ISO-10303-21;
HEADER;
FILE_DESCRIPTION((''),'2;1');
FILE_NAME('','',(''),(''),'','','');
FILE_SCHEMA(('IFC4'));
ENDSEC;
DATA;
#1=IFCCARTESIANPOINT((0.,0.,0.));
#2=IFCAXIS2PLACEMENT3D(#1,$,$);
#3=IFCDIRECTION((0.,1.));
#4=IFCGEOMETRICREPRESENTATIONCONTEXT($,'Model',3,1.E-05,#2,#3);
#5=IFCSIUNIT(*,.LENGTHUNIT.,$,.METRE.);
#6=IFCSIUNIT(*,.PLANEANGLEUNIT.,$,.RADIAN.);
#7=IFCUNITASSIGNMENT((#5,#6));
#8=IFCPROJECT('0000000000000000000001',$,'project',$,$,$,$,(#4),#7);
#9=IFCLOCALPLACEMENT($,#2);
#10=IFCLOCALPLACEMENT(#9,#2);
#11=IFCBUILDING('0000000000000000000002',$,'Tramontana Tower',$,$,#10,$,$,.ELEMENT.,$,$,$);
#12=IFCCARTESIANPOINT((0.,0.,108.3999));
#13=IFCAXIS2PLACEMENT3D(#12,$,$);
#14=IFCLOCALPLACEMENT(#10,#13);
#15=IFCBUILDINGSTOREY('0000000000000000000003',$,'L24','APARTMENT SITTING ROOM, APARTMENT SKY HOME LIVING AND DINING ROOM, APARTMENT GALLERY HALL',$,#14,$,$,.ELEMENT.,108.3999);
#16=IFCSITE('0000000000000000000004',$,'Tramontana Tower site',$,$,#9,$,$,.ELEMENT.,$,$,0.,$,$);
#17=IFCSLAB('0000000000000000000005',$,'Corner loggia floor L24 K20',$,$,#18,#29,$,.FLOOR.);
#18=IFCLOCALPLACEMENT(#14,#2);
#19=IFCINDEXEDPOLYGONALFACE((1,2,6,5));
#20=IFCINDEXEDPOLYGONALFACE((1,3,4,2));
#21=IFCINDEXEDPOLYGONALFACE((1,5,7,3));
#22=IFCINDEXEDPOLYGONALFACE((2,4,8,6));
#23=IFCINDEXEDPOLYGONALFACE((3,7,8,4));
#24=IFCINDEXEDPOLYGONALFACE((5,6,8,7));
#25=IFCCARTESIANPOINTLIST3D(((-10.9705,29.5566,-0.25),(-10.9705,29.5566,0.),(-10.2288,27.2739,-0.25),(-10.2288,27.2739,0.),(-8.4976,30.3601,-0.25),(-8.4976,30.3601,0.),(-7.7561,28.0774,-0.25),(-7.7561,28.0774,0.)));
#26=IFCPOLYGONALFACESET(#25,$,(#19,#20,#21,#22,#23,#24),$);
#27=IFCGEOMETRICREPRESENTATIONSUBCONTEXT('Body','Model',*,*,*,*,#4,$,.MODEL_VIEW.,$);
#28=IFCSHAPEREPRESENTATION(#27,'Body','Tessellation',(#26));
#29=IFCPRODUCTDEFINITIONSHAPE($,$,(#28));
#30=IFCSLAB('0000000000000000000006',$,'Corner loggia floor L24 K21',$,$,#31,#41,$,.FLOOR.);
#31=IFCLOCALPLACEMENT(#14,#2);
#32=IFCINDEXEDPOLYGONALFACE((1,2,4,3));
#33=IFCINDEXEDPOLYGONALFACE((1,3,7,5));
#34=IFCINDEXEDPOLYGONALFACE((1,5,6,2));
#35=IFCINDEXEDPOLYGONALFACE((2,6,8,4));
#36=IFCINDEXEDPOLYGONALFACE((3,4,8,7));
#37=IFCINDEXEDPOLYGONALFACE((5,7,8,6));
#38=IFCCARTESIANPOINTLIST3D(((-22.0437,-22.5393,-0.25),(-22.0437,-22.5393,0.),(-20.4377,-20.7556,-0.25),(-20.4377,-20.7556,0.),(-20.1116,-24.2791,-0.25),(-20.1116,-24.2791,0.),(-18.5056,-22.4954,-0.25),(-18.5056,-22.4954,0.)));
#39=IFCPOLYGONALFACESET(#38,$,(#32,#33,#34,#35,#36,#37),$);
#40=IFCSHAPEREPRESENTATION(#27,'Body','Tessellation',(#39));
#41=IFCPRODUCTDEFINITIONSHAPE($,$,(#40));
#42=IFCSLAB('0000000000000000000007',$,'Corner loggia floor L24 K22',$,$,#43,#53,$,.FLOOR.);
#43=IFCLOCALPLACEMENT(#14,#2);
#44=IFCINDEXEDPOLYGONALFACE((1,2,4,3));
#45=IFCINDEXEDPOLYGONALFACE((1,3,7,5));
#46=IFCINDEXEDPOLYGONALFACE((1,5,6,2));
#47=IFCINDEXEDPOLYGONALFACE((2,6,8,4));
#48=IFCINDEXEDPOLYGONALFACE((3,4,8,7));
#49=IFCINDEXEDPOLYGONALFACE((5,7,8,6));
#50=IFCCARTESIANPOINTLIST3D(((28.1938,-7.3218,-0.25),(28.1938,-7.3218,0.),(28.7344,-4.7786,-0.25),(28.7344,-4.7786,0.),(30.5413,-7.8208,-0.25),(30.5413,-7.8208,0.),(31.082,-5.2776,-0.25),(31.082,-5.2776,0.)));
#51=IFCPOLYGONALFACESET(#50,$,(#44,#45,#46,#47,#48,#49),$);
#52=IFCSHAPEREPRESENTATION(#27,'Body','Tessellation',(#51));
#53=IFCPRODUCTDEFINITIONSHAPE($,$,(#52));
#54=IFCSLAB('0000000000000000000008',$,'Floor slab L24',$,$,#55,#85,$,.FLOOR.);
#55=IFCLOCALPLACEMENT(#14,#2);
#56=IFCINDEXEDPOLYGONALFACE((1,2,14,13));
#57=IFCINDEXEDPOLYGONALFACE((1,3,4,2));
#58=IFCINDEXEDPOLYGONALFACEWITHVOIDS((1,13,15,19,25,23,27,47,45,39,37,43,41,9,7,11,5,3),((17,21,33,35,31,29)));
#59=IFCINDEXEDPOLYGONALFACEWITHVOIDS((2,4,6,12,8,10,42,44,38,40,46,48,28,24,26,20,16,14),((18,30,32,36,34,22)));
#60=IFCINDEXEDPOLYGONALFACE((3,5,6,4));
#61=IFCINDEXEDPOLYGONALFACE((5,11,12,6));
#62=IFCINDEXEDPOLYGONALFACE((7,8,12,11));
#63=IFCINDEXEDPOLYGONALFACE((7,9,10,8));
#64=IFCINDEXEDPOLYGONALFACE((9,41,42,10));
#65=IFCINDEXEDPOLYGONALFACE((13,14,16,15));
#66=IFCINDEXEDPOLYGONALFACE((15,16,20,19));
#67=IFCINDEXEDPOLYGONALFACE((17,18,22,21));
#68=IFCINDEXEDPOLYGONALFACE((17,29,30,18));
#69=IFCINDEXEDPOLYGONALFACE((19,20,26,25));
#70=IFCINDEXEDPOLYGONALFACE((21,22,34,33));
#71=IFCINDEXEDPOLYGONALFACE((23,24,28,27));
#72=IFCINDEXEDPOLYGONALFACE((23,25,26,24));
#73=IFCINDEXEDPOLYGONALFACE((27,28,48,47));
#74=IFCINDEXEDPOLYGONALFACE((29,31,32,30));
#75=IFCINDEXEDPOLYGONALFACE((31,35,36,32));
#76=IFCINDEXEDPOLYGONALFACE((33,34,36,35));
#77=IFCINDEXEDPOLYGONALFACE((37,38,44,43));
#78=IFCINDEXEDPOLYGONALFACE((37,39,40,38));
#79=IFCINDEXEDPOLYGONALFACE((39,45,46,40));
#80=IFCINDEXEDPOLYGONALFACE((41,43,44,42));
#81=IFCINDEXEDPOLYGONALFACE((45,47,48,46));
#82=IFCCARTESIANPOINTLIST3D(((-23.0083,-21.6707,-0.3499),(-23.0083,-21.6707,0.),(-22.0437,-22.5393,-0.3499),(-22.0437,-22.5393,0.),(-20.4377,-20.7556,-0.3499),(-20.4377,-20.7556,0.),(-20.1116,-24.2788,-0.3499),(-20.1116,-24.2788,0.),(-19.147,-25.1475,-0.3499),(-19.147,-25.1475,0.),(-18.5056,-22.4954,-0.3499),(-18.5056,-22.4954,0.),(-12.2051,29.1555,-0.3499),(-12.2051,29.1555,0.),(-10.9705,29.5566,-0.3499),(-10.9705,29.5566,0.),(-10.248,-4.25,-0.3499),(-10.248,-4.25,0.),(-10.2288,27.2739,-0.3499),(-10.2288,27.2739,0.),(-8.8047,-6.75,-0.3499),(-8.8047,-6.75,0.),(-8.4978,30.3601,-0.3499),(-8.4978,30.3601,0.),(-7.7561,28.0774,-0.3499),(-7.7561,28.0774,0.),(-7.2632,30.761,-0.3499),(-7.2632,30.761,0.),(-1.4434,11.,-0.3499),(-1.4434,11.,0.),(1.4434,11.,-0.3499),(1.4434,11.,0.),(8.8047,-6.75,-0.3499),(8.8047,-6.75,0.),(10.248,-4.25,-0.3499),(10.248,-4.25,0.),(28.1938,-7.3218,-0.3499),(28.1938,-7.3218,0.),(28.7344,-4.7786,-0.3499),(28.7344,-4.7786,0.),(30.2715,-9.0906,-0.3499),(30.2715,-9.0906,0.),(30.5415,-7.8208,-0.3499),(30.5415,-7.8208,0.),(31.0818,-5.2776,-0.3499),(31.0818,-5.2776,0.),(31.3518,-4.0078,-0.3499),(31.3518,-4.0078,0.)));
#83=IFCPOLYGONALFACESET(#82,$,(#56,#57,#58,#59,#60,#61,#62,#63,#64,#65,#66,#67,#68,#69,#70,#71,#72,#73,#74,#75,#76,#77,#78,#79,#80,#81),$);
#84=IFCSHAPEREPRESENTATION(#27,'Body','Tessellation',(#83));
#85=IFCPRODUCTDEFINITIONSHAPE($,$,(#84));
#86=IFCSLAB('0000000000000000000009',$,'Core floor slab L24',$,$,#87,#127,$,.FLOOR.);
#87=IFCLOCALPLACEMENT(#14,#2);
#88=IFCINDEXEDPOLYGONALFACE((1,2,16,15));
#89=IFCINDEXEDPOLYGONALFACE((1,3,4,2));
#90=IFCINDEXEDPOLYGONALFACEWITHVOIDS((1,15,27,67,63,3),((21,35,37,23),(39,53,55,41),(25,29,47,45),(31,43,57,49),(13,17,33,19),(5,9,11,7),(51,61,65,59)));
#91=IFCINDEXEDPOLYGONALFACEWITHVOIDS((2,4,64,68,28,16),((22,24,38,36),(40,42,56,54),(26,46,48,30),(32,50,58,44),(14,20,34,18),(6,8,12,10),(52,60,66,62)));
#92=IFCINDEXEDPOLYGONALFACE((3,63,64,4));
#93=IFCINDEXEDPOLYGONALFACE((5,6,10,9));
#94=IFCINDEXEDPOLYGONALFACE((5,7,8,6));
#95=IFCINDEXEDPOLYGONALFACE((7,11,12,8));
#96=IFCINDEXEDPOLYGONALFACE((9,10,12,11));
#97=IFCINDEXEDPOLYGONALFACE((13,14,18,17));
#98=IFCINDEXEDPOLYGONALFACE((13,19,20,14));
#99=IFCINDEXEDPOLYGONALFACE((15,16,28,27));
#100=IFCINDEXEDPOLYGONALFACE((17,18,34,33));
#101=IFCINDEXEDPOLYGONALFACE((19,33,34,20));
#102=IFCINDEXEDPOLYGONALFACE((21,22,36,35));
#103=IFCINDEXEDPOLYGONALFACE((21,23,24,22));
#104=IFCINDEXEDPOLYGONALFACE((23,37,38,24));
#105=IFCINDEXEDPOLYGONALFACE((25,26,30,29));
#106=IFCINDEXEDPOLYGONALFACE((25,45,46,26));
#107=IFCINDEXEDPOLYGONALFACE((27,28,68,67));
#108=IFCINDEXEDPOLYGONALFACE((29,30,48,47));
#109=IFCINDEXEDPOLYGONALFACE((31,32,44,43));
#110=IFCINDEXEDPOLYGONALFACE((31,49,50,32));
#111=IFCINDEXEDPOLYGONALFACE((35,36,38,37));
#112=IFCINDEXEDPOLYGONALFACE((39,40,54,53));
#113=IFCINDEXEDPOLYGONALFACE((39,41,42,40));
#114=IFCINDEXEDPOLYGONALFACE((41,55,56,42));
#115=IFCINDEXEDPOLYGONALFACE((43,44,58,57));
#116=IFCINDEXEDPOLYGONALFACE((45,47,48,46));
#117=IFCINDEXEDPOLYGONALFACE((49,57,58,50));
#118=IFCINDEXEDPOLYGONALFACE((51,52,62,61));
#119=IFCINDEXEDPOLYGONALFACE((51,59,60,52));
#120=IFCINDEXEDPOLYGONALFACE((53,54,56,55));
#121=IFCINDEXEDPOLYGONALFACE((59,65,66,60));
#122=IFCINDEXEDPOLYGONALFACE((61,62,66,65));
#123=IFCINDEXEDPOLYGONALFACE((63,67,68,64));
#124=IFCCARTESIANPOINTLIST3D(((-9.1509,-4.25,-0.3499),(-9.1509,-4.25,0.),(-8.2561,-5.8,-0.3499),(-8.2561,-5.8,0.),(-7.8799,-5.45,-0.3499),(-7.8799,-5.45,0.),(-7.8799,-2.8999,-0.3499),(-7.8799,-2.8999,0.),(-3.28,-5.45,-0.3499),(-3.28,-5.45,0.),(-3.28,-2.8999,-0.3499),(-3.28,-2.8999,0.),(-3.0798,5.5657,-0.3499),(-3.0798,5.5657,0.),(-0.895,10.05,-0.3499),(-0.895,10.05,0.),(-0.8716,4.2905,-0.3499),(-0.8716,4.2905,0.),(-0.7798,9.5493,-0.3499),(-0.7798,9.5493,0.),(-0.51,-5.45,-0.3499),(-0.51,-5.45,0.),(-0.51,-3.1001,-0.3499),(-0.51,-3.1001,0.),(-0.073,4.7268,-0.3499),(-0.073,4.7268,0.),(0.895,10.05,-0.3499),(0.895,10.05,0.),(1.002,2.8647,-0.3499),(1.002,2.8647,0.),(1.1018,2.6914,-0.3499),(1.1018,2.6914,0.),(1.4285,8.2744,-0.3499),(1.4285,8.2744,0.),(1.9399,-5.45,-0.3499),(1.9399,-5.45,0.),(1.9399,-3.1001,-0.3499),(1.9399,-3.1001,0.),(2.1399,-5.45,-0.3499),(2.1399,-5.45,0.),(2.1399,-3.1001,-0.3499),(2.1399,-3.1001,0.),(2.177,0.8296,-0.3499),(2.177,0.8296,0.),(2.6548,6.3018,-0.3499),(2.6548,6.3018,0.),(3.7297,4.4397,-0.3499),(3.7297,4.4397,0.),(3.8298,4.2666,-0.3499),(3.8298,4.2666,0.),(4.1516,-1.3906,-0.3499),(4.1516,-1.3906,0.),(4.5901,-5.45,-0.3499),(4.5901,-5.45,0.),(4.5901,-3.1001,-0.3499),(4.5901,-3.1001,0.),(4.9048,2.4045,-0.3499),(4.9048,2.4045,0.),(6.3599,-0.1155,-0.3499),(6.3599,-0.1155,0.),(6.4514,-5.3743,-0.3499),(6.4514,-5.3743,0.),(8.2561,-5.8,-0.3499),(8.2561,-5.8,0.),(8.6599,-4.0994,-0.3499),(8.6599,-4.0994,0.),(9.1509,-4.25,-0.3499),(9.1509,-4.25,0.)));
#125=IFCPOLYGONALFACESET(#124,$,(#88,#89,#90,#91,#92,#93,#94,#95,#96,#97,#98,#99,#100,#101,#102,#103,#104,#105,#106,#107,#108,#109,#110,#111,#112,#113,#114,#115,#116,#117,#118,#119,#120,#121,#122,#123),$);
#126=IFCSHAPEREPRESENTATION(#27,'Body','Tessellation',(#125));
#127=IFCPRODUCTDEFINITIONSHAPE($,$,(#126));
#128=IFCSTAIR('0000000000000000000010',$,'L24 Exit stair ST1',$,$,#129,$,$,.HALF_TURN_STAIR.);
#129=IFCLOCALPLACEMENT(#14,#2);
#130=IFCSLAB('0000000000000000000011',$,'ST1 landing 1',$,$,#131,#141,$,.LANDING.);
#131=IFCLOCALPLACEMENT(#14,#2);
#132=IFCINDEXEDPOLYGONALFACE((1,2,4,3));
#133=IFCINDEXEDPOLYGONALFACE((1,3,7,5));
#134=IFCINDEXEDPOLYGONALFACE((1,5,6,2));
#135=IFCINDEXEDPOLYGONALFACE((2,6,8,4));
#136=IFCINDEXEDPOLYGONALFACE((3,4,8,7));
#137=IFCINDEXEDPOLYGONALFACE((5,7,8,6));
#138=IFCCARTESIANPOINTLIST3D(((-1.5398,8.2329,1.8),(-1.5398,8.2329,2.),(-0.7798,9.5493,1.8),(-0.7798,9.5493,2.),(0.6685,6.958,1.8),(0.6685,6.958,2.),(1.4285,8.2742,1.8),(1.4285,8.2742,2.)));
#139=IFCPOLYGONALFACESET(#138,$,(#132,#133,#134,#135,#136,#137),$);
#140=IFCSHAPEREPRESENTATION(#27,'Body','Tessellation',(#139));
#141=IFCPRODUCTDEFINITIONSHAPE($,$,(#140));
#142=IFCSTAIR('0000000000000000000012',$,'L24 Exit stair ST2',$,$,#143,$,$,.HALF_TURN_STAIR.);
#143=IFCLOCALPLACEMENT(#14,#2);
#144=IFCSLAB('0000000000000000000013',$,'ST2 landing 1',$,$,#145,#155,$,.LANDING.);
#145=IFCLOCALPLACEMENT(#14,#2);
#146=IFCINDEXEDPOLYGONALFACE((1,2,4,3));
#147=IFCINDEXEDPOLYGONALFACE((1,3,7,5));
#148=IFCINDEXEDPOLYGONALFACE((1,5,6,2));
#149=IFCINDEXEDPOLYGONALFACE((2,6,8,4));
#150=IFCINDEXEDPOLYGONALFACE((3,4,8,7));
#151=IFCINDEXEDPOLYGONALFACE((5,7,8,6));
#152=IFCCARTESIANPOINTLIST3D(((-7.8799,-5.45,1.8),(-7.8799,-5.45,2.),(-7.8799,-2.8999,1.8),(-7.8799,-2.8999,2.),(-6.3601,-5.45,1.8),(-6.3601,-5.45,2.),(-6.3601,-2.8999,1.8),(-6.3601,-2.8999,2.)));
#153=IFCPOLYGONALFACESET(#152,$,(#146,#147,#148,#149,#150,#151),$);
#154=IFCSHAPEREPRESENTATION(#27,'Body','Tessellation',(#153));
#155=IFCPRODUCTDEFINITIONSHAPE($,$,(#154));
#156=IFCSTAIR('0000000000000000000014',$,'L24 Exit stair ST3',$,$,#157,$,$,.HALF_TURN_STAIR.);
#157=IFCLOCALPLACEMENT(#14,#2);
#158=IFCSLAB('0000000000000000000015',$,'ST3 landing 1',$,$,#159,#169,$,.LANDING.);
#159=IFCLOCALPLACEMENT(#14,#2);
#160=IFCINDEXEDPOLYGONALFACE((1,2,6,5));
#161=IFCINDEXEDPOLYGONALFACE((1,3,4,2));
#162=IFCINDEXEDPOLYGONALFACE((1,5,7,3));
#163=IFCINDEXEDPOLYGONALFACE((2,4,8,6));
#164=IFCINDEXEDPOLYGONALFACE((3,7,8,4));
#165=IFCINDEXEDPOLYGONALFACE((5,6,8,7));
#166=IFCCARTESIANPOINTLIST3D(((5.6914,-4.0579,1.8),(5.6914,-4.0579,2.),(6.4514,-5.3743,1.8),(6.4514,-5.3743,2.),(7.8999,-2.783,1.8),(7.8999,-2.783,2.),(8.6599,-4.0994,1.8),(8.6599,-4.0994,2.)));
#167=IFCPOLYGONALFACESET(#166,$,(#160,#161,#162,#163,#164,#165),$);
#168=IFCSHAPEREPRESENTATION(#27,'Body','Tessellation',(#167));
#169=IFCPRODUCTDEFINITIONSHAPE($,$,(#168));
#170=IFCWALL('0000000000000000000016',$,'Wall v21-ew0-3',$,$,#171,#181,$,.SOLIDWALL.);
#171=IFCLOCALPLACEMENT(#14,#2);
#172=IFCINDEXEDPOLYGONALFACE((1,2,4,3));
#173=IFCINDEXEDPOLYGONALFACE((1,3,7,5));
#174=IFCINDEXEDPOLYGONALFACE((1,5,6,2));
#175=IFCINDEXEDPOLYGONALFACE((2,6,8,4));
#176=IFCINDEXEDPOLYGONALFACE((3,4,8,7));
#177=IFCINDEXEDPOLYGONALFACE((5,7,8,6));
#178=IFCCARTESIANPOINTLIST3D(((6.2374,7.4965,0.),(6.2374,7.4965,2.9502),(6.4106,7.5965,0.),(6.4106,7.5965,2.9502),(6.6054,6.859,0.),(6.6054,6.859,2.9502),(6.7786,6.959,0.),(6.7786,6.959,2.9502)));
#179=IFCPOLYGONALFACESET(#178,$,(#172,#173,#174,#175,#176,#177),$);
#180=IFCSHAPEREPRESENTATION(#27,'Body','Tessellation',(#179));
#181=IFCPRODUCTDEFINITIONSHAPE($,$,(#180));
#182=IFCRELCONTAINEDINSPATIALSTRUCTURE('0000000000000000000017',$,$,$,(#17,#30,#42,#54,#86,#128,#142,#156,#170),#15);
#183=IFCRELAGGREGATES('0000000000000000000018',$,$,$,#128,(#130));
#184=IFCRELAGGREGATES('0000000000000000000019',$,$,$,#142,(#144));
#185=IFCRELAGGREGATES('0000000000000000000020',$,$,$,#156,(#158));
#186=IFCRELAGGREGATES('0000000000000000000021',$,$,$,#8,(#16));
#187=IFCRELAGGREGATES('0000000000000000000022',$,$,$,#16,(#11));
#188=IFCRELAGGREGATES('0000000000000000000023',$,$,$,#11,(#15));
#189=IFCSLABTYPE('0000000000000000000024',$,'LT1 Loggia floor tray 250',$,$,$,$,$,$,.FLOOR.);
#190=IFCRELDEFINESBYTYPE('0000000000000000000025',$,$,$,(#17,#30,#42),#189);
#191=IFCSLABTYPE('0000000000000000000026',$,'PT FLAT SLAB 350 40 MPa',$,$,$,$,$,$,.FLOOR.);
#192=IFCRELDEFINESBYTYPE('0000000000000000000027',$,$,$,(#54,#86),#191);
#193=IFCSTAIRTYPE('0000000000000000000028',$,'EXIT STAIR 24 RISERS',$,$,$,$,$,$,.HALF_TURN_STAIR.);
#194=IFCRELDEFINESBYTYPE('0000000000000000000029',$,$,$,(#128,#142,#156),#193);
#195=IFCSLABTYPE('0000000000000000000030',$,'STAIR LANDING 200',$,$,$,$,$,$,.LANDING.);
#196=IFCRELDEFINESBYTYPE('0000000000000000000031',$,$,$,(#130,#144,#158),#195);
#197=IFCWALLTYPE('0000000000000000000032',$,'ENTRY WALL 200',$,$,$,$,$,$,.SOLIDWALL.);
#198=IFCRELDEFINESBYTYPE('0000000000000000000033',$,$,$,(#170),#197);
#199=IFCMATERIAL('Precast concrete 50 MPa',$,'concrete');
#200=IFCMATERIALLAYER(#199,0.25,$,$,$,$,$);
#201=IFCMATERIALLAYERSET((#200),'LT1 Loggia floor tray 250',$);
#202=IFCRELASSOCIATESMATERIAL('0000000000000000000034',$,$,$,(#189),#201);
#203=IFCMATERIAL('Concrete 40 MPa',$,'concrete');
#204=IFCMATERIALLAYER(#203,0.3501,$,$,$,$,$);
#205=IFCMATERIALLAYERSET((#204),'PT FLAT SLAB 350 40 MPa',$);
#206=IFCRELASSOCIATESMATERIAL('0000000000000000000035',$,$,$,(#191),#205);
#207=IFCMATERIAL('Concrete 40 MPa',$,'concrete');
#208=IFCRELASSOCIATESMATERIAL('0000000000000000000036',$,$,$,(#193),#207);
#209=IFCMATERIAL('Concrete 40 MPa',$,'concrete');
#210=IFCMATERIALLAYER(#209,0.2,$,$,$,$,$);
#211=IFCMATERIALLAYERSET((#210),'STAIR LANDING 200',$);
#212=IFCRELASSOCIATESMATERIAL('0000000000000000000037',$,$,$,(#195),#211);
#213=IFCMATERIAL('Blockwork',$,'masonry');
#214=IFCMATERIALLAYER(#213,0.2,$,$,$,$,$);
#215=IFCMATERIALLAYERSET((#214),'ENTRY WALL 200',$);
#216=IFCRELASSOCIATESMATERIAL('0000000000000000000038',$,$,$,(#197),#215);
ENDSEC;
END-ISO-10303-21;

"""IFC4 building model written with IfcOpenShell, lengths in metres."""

from ifc_helpers import new_model, si_unit, direction, frame, frame_2d, origin, place, context, subcontext, project, spatial, polyline, rectangle, outline, extrude, material, layer, layer_set, type_object, element, aggregate, save


model = new_model("IFC4")

# Units and contexts
model_context = context("Model", 3, precision=1e-05, world=origin(), true_north=direction((0.0, 1.0)))
body_context = subcontext(model_context, "Body", "Model", "MODEL_VIEW")
ifc_project = project(units=[si_unit("LENGTHUNIT", "METRE"), si_unit("PLANEANGLEUNIT", "RADIAN")], contexts=[model_context])

# Site, building, storey
site_placement = place(None, origin())
site = spatial("IfcSite", under=ifc_project, at=site_placement, Name="Tramontana Tower site", CompositionType="ELEMENT", RefElevation=0.0)
building_placement = place(site_placement, origin())
building = spatial("IfcBuilding", under=site, at=building_placement, Name="Tramontana Tower", CompositionType="ELEMENT")
storey_placement = place(building_placement, frame((0.0, 0.0, 108.3999)))
storey = spatial("IfcBuildingStorey", under=building, at=storey_placement, Name="L24", Description="APARTMENT SITTING ROOM, APARTMENT SKY HOME LIVING AND DINING ROOM, APARTMENT GALLERY HALL", CompositionType="ELEMENT", Elevation=108.3999)

# Slabs
ifc_material_1 = material(Name="Precast concrete 50 MPa", Category="concrete")
ifc_layer_1 = layer(ifc_material_1, 0.25)
ifc_layer_set_1 = layer_set([ifc_layer_1], Name="LT1 Loggia floor tray 250")
slab_type_1 = type_object("IfcSlabType", Name="LT1 Loggia floor tray 250", PredefinedType="FLOOR", material=ifc_layer_set_1)
slab_1_placement = place(storey_placement, frame((0.0, 0.0, -0.25)))
element("IfcSlab", 1, at=slab_1_placement, inside=storey, type_object=slab_type_1, Name="Corner loggia floor L24 K20", PredefinedType="FLOOR", context=body_context, shape_type="SweptSolid", body=[
    extrude(outline(polyline([(-8.4976, 30.3601), (-7.7561, 28.0774), (-10.2288, 27.2739), (-10.9705, 29.5566), (-8.4976, 30.3601)])), origin(), (0.0, 0.0, 1.0), 0.25),
])
slab_2_placement = place(storey_placement, frame((0.0, 0.0, -0.25)))
element("IfcSlab", 2, at=slab_2_placement, inside=storey, type_object=slab_type_1, Name="Corner loggia floor L24 K21", PredefinedType="FLOOR", context=body_context, shape_type="SweptSolid", body=[
    extrude(outline(polyline([(-22.0437, -22.5393), (-20.4377, -20.7556), (-18.5056, -22.4954), (-20.1116, -24.2791), (-22.0437, -22.5393)])), origin(), (0.0, 0.0, 1.0), 0.25),
])
slab_3_placement = place(storey_placement, frame((0.0, 0.0, -0.25)))
element("IfcSlab", 3, at=slab_3_placement, inside=storey, type_object=slab_type_1, Name="Corner loggia floor L24 K22", PredefinedType="FLOOR", context=body_context, shape_type="SweptSolid", body=[
    extrude(outline(polyline([(30.5413, -7.8208), (28.1938, -7.3218), (28.7344, -4.7786), (31.082, -5.2776), (30.5413, -7.8208)])), origin(), (0.0, 0.0, 1.0), 0.25),
])
ifc_material_2 = material(Name="Concrete 40 MPa", Category="concrete")
ifc_layer_2 = layer(ifc_material_2, 0.3501)
ifc_layer_set_2 = layer_set([ifc_layer_2], Name="PT FLAT SLAB 350 40 MPa")
slab_type_2 = type_object("IfcSlabType", Name="PT FLAT SLAB 350 40 MPa", PredefinedType="FLOOR", material=ifc_layer_set_2)
slab_4_placement = place(storey_placement, frame((0.0, 0.0, -0.3499)))
element("IfcSlab", 4, at=slab_4_placement, inside=storey, type_object=slab_type_2, Name="Floor slab L24", PredefinedType="FLOOR", context=body_context, shape_type="SweptSolid", body=[
    extrude(outline(polyline([(31.0818, -5.2776), (28.7344, -4.7786), (28.1938, -7.3218), (30.5415, -7.8208), (30.2715, -9.0906), (-19.147, -25.1475), (-20.1116, -24.2788), (-18.5056, -22.4954), (-20.4377, -20.7556), (-22.0437, -22.5393), (-23.0083, -21.6707), (-12.2051, 29.1555), (-10.9705, 29.5566), (-10.2288, 27.2739), (-7.7561, 28.0774), (-8.4978, 30.3601), (-7.2632, 30.761), (31.3518, -4.0078), (31.0818, -5.2776)]), holes=[polyline([(-10.248, -4.25), (-8.8047, -6.75), (8.8047, -6.75), (10.248, -4.25), (1.4434, 11.0), (-1.4434, 11.0), (-10.248, -4.25)])]), origin(), (0.0, 0.0, 1.0), 0.3499),
])
slab_5_placement = place(storey_placement, frame((0.0, 0.0, -0.3499)))
element("IfcSlab", 5, at=slab_5_placement, inside=storey, type_object=slab_type_2, Name="Core floor slab L24", PredefinedType="FLOOR", context=body_context, shape_type="SweptSolid", body=[
    extrude(outline(polyline([(9.1509, -4.25), (8.2561, -5.8), (-8.2561, -5.8), (-9.1509, -4.25), (-0.895, 10.05), (0.895, 10.05), (9.1509, -4.25)]), holes=[polyline([(8.6599, -4.0994), (6.3599, -0.1155), (4.1516, -1.3906), (6.4514, -5.3743), (8.6599, -4.0994)]), polyline([(3.8298, 4.2666), (1.1018, 2.6914), (2.177, 0.8296), (4.9048, 2.4045), (3.8298, 4.2666)]), polyline([(4.5901, -3.1001), (2.1399, -3.1001), (2.1399, -5.45), (4.5901, -5.45), (4.5901, -3.1001)]), polyline([(2.6548, 6.3018), (-0.073, 4.7268), (1.002, 2.8647), (3.7297, 4.4397), (2.6548, 6.3018)]), polyline([(1.9399, -5.45), (1.9399, -3.1001), (-0.51, -3.1001), (-0.51, -5.45), (1.9399, -5.45)]), polyline([(-0.7798, 9.5493), (-3.0798, 5.5657), (-0.8716, 4.2905), (1.4285, 8.2744), (-0.7798, 9.5493)]), polyline([(-7.8799, -5.45), (-3.28, -5.45), (-3.28, -2.8999), (-7.8799, -2.8999), (-7.8799, -5.45)])]), origin(), (0.0, 0.0, 1.0), 0.3499),
])

# Stairs, slabs
ifc_material_3 = material(Name="Concrete 40 MPa", Category="concrete")
stair_type = type_object("IfcStairType", Name="EXIT STAIR 24 RISERS", PredefinedType="HALF_TURN_STAIR", material=ifc_material_3)
stair_1_placement = place(storey_placement, origin())
stair_1 = element("IfcStair", 6, at=stair_1_placement, inside=storey, type_object=stair_type, Name="L24 Exit stair ST1", PredefinedType="HALF_TURN_STAIR")
ifc_material_4 = material(Name="Concrete 40 MPa", Category="concrete")
ifc_layer_3 = layer(ifc_material_4, 0.2)
ifc_layer_set_3 = layer_set([ifc_layer_3], Name="STAIR LANDING 200")
slab_type_3 = type_object("IfcSlabType", Name="STAIR LANDING 200", PredefinedType="LANDING", material=ifc_layer_set_3)
slab_6_placement = place(storey_placement, frame((0.0, 0.0, 1.8)))
slab_6 = element("IfcSlab", 7, at=slab_6_placement, type_object=slab_type_3, Name="ST1 landing 1", PredefinedType="LANDING", context=body_context, shape_type="SweptSolid", body=[
    extrude(outline(polyline([(0.6685, 6.958), (1.4285, 8.2742), (-0.7798, 9.5493), (-1.5398, 8.2329), (0.6685, 6.958)])), origin(), (0.0, 0.0, 1.0), 0.2),
])
aggregate(stair_1, [slab_6])
stair_2_placement = place(storey_placement, origin())
stair_2 = element("IfcStair", 8, at=stair_2_placement, inside=storey, type_object=stair_type, Name="L24 Exit stair ST2", PredefinedType="HALF_TURN_STAIR")
slab_7_placement = place(storey_placement, frame((0.0, 0.0, 1.8)))
slab_7 = element("IfcSlab", 9, at=slab_7_placement, type_object=slab_type_3, Name="ST2 landing 1", PredefinedType="LANDING", context=body_context, shape_type="SweptSolid", body=[
    extrude(outline(polyline([(-6.3601, -2.8999), (-7.8799, -2.8999), (-7.8799, -5.45), (-6.3601, -5.45), (-6.3601, -2.8999)])), origin(), (0.0, 0.0, 1.0), 0.2),
])
aggregate(stair_2, [slab_7])
stair_3_placement = place(storey_placement, origin())
stair_3 = element("IfcStair", 10, at=stair_3_placement, inside=storey, type_object=stair_type, Name="L24 Exit stair ST3", PredefinedType="HALF_TURN_STAIR")
slab_8_placement = place(storey_placement, frame((0.0, 0.0, 1.8)))
slab_8 = element("IfcSlab", 11, at=slab_8_placement, type_object=slab_type_3, Name="ST3 landing 1", PredefinedType="LANDING", context=body_context, shape_type="SweptSolid", body=[
    extrude(outline(polyline([(5.6914, -4.0579), (6.4514, -5.3743), (8.6599, -4.0994), (7.8999, -2.783), (5.6914, -4.0579)])), origin(), (0.0, 0.0, 1.0), 0.2),
])

# Wall
ifc_material_5 = material(Name="Blockwork", Category="masonry")
ifc_layer_4 = layer(ifc_material_5, 0.2)
ifc_layer_set_4 = layer_set([ifc_layer_4], Name="ENTRY WALL 200")
wall_type_1 = type_object("IfcWallType", Name="ENTRY WALL 200", PredefinedType="SOLIDWALL", material=ifc_layer_set_4)
wall_1_placement = place(storey_placement, frame((6.324, 7.5466, 0.0), z_axis=(0.0, 0.0, 1.0), x_axis=(0.499885, -0.866092, 0.0)))
element("IfcWall", 12, at=wall_1_placement, inside=storey, type_object=wall_type_1, Name="Wall v21-ew0-3", PredefinedType="SOLIDWALL", context=body_context, shape_type="SweptSolid", body=[
    extrude(rectangle(XDim=0.7361, YDim=0.2, at=frame_2d((0.3682, 0.0))), origin(), (0.0, 0.0, 1.0), 2.9502),
])

aggregate(stair_3, [slab_8])

save(model, "model.ifc")
